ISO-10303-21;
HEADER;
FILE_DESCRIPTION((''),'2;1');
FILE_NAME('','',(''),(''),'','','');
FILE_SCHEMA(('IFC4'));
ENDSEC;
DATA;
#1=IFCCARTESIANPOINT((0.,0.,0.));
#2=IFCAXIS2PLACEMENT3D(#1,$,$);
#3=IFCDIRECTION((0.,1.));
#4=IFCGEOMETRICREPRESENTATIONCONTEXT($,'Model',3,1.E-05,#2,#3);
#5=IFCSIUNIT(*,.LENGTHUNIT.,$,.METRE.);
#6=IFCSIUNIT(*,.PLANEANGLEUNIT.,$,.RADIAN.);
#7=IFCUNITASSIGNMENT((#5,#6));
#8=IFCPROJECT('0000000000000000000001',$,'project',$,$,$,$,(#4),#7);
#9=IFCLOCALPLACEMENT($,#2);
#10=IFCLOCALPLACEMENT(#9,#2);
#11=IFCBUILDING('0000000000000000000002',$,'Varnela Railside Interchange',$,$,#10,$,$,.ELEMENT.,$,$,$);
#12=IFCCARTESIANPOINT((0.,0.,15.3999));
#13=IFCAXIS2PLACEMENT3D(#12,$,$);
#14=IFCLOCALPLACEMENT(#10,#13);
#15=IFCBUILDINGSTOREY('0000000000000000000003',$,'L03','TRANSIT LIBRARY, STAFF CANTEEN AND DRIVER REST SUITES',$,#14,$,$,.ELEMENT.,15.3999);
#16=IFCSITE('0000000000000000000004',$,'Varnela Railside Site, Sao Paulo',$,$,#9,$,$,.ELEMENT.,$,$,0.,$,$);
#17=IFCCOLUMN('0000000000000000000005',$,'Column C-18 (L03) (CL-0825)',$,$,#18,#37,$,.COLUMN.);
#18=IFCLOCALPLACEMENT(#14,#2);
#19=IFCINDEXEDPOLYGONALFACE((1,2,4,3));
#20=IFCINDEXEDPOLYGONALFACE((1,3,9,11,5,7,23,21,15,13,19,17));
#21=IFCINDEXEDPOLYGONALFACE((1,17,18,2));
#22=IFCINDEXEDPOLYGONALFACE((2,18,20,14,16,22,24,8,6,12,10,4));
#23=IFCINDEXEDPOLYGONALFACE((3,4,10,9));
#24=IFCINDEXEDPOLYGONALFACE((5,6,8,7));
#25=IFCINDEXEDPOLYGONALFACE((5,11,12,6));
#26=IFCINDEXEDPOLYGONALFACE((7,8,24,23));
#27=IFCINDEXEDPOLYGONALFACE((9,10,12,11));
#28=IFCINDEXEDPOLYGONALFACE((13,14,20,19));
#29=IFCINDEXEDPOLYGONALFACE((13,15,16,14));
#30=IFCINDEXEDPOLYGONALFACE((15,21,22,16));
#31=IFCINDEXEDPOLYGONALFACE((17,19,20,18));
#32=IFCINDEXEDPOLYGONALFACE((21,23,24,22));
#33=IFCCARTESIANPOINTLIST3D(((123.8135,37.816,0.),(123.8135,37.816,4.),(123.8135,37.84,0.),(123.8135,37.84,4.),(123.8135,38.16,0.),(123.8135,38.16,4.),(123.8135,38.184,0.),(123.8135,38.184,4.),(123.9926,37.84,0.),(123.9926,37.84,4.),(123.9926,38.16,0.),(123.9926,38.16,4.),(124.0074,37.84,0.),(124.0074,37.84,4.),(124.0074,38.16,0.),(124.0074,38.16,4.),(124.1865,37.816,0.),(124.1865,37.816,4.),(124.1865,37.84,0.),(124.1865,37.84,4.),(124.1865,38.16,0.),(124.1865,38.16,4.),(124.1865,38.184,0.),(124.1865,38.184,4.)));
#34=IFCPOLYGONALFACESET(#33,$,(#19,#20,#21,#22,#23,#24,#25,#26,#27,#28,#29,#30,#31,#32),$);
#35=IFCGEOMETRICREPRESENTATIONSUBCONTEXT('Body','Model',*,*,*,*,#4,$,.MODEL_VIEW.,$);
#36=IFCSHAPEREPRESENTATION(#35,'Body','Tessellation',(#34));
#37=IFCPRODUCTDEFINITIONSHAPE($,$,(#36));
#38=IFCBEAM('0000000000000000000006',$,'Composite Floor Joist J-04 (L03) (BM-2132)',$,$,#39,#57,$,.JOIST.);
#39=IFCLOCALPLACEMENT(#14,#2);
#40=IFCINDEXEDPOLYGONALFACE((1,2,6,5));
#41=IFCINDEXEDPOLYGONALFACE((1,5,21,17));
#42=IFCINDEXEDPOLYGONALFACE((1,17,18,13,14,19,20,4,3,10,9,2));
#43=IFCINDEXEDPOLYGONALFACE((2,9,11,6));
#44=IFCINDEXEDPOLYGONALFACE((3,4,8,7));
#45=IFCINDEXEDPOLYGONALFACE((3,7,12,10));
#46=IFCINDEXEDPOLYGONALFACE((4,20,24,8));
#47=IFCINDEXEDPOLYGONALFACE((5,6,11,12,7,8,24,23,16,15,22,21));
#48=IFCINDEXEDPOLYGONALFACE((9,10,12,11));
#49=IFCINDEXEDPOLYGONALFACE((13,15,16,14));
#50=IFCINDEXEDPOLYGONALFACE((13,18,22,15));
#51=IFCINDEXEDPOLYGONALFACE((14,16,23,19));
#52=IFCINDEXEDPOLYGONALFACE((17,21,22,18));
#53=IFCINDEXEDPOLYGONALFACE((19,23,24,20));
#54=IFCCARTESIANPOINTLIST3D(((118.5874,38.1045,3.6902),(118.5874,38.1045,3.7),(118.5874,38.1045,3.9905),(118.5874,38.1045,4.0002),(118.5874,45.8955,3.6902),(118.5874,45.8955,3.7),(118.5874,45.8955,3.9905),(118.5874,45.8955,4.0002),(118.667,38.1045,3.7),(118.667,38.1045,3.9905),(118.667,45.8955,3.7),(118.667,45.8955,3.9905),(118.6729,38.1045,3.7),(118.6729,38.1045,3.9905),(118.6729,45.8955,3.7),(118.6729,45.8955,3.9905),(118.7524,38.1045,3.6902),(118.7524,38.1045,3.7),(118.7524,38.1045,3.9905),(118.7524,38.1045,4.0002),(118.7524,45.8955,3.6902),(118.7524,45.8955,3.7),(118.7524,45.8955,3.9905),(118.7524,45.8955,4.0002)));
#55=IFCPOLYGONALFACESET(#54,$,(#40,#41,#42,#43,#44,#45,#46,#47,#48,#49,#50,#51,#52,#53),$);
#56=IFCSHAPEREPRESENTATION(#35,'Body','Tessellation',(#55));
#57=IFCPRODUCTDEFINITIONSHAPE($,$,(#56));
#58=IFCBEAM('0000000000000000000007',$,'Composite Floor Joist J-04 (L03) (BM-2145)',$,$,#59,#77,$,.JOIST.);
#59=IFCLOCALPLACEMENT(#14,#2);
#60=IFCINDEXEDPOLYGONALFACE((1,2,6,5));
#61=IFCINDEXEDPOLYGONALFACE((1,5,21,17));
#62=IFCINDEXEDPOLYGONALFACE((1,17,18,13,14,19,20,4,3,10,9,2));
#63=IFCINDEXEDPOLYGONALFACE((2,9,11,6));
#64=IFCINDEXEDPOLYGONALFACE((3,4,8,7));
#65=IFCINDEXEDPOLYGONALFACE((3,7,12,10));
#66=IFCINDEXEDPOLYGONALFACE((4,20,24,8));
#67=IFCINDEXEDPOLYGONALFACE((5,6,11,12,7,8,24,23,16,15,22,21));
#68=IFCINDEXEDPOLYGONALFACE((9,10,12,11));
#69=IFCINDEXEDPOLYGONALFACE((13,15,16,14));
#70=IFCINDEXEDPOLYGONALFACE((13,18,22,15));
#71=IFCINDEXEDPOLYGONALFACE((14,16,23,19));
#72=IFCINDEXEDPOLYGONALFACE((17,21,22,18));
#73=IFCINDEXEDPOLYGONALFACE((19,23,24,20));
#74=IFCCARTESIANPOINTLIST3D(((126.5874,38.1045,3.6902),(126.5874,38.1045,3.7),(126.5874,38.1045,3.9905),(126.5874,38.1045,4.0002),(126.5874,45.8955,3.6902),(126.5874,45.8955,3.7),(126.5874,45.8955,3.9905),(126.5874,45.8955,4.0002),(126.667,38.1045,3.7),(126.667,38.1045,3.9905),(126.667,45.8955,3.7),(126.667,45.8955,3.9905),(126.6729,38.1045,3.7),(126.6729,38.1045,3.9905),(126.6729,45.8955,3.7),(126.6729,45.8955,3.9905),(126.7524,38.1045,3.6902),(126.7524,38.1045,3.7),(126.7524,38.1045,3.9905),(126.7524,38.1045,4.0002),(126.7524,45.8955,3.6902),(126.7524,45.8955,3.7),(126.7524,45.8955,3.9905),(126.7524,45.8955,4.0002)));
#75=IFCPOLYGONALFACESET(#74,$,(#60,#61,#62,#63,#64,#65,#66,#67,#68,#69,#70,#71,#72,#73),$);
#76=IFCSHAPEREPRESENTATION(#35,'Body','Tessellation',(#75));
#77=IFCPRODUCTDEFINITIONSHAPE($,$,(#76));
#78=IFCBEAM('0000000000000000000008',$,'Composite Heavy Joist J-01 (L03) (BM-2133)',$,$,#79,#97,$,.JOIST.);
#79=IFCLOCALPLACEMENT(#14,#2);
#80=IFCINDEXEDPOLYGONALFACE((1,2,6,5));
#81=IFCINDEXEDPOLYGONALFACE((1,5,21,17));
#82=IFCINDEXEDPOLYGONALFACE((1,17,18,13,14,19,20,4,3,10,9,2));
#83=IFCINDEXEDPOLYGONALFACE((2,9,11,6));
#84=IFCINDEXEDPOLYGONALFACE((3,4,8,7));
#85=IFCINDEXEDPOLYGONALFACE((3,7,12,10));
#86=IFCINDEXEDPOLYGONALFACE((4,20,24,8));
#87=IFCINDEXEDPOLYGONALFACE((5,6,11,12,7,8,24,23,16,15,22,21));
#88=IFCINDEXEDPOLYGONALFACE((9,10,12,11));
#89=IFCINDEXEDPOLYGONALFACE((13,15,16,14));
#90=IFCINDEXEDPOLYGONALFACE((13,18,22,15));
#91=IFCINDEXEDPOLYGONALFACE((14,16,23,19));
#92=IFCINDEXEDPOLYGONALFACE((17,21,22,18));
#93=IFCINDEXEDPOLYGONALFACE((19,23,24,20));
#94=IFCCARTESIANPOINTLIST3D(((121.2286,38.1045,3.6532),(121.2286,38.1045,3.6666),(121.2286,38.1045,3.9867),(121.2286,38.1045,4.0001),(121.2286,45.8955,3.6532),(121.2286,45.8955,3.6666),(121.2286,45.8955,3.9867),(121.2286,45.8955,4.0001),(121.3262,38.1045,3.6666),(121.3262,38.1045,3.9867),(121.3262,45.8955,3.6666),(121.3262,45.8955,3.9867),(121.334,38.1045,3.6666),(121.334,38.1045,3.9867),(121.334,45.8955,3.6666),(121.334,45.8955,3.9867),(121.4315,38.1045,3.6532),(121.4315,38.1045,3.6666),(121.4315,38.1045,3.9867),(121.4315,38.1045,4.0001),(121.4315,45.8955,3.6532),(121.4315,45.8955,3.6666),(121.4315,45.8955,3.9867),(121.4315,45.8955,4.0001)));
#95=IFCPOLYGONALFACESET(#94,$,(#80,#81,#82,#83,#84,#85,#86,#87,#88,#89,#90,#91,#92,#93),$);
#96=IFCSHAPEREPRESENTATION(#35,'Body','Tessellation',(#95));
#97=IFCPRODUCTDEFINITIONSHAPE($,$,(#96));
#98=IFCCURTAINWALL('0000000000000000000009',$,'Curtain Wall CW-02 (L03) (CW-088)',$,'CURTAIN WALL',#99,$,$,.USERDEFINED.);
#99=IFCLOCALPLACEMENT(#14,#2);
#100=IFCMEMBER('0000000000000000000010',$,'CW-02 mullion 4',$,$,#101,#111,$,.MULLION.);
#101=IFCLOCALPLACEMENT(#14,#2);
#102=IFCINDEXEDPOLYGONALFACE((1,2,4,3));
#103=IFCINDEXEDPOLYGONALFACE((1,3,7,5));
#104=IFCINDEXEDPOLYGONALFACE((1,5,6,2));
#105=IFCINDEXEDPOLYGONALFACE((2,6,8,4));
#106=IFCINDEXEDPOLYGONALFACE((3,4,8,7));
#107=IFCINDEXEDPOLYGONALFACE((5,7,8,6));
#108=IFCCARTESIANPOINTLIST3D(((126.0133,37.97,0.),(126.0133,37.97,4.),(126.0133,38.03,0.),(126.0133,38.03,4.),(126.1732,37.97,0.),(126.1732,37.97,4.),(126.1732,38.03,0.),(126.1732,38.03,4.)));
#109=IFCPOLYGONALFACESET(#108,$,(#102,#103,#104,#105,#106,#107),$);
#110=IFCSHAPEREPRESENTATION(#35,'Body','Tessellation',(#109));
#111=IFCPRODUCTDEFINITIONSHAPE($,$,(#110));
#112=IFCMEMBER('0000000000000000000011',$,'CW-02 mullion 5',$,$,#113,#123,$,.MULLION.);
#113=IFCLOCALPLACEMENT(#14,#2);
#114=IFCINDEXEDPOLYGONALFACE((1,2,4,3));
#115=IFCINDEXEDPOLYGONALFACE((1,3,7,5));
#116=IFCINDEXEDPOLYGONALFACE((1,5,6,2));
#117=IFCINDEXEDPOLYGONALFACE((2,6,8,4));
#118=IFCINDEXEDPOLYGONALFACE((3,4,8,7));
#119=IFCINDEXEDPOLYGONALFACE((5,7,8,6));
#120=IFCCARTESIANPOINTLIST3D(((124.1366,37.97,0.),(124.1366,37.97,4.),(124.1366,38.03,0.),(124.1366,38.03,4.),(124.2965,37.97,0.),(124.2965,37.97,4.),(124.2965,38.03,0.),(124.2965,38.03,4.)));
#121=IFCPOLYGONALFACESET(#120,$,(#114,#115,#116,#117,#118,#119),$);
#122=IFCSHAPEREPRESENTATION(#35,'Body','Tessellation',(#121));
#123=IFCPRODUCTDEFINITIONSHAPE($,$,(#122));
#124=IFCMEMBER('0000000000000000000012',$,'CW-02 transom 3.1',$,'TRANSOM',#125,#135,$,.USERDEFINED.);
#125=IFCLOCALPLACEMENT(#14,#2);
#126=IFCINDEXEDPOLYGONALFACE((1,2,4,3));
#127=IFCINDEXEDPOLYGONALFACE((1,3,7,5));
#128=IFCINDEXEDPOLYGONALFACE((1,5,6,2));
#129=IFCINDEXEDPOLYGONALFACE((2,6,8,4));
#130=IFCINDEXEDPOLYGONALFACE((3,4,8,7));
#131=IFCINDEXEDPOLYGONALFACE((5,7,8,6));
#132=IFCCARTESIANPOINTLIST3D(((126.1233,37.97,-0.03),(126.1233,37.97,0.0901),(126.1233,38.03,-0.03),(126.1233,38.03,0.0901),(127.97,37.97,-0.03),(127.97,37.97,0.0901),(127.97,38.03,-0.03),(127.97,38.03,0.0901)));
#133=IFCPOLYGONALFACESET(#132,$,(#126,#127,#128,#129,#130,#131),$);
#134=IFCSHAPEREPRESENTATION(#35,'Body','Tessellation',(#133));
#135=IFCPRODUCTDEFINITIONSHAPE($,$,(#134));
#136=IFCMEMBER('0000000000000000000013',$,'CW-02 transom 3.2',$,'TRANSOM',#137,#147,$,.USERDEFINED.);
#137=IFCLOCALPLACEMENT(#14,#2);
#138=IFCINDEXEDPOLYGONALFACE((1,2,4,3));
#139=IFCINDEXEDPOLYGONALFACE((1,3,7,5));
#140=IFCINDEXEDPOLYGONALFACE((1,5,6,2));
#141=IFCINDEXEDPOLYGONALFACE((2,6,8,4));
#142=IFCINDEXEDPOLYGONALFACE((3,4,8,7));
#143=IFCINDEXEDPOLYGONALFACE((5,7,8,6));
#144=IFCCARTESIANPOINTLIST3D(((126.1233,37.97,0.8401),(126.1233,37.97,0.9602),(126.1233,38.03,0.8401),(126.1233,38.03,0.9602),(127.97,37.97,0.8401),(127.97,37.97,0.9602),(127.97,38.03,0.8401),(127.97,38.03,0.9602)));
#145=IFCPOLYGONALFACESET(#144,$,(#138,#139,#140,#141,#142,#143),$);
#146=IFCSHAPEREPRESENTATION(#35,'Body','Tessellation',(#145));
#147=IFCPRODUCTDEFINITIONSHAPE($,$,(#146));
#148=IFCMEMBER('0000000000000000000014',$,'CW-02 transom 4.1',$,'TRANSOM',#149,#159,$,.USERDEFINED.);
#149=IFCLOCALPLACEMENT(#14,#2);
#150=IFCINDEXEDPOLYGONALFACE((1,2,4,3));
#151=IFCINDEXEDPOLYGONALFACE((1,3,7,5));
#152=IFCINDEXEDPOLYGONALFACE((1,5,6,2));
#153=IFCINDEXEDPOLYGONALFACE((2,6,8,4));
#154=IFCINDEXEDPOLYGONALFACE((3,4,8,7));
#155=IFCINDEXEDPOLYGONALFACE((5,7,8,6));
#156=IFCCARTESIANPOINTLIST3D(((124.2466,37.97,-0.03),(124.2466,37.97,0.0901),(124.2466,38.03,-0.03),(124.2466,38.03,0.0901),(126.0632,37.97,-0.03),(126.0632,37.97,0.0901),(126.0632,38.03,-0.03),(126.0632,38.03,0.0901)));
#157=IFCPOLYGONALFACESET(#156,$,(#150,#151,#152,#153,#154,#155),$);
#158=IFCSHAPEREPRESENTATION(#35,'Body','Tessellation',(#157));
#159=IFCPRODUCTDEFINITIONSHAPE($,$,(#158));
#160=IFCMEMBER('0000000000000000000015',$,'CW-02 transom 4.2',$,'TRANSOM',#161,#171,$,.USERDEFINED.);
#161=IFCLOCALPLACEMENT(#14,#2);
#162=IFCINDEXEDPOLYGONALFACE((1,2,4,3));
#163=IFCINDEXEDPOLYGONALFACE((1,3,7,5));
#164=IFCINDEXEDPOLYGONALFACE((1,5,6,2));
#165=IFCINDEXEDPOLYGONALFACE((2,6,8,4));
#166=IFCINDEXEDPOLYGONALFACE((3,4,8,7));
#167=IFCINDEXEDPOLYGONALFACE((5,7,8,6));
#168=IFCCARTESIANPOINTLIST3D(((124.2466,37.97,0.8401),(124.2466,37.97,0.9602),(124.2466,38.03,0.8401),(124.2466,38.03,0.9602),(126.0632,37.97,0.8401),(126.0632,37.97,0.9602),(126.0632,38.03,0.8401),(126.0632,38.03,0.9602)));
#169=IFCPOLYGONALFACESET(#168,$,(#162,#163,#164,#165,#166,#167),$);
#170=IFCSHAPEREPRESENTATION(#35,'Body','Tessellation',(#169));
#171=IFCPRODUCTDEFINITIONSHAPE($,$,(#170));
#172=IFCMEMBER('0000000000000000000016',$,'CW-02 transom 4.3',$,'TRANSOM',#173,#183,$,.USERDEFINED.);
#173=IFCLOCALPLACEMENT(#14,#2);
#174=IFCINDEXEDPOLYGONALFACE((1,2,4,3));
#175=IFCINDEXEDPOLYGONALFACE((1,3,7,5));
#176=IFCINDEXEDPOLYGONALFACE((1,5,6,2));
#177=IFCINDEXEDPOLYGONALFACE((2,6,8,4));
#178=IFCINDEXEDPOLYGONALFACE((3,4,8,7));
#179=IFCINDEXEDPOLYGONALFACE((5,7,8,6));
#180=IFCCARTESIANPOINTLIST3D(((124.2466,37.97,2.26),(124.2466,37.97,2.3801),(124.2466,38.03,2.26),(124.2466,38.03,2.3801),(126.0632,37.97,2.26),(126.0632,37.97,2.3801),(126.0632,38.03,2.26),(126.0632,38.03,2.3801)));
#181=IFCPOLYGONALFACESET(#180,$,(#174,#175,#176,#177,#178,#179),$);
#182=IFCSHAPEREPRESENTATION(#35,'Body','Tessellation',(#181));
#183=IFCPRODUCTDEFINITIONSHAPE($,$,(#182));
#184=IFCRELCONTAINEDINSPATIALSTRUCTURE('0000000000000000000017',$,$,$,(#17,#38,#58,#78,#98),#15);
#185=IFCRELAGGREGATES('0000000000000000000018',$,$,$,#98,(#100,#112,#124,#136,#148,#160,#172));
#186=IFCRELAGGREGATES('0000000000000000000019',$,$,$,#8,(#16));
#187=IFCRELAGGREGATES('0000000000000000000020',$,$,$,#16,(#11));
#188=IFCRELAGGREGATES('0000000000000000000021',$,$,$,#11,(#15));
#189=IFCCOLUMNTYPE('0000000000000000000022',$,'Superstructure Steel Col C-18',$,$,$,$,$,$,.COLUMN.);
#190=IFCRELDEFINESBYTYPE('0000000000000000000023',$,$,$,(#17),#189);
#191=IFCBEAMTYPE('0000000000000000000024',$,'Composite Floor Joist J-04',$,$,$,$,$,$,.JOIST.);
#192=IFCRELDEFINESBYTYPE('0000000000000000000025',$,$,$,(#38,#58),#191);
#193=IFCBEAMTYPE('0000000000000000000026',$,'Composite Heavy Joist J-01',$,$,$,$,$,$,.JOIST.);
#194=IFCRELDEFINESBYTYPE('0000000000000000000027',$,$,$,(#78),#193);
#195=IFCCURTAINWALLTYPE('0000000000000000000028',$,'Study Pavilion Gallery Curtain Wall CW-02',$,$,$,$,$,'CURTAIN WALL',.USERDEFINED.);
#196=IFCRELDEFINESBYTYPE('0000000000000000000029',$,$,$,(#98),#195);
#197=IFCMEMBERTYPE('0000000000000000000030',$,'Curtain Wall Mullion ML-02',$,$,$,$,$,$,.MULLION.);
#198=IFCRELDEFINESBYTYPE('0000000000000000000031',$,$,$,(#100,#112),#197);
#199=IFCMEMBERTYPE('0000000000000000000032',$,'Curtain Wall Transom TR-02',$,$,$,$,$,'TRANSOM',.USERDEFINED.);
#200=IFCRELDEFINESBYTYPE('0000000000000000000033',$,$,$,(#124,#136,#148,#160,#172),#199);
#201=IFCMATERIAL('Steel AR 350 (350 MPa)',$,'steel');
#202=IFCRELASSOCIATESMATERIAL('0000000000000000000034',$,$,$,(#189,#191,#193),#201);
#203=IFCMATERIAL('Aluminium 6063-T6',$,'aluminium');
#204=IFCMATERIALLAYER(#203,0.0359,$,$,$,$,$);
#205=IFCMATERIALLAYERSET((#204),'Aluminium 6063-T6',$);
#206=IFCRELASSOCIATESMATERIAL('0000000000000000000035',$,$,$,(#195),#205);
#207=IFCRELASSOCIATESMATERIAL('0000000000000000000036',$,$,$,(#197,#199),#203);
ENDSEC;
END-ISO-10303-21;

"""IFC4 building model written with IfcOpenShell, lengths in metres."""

from ifc_helpers import new_model, si_unit, direction, frame, origin, origin_2d, place, context, subcontext, project, spatial, rectangle, i_section, extrude, material, layer, layer_set, material_profile, profile_set, type_object, element, aggregate, save


model = new_model("IFC4")

# Units and contexts
model_context = context("Model", 3, precision=1e-05, world=origin(), true_north=direction((0.0, 1.0)))
body_context = subcontext(model_context, "Body", "Model", "MODEL_VIEW")
ifc_project = project(units=[si_unit("LENGTHUNIT", "METRE"), si_unit("PLANEANGLEUNIT", "RADIAN")], contexts=[model_context])

# Site, building, storey
site_placement = place(None, origin())
site = spatial("IfcSite", under=ifc_project, at=site_placement, Name="Varnela Railside Site, Sao Paulo", CompositionType="ELEMENT", RefElevation=0.0)
building_placement = place(site_placement, origin())
building = spatial("IfcBuilding", under=site, at=building_placement, Name="Varnela Railside Interchange", CompositionType="ELEMENT")
storey_placement = place(building_placement, frame((0.0, 0.0, 15.3999)))
storey = spatial("IfcBuildingStorey", under=building, at=storey_placement, Name="L03", Description="TRANSIT LIBRARY, STAFF CANTEEN AND DRIVER REST SUITES", CompositionType="ELEMENT", Elevation=15.3999)

# Column
ifc_material_1 = material(Name="Steel AR 350 (350 MPa)", Category="steel")
ifc_material_profile_1 = material_profile(ifc_material_1, i_section(OverallWidth=0.373, OverallDepth=0.3679, WebThickness=0.0149, FlangeThickness=0.0239, at=origin_2d()), Name="W360x179")
ifc_profile_set_1 = profile_set([ifc_material_profile_1], Name="Steel AR 350 (350 MPa)")
column_type = type_object("IfcColumnType", Name="Superstructure Steel Col C-18", PredefinedType="COLUMN", material=ifc_profile_set_1)
column_placement = place(storey_placement, frame((124.0, 38.0, 0.0), z_axis=(0.0, 0.0, 1.0), x_axis=(1.0, 0.0, 0.0)))
element("IfcColumn", 1, at=column_placement, inside=storey, type_object=column_type, Name="Column C-18 (L03) (CL-0825)", PredefinedType="COLUMN", context=body_context, shape_type="SweptSolid", body=[
    extrude(i_section(OverallWidth=0.373, OverallDepth=0.3679, WebThickness=0.0149, FlangeThickness=0.0239, at=origin_2d()), origin(), (0.0, 0.0, 1.0), 4.0),
])

# Beams
ifc_material_profile_2 = material_profile(ifc_material_1, i_section(OverallWidth=0.165, OverallDepth=0.3101, WebThickness=0.0059, FlangeThickness=0.0098, at=origin_2d()), Name="W310x38.7")
ifc_profile_set_2 = profile_set([ifc_material_profile_2], Name="Steel AR 350 (350 MPa)")
beam_type_1 = type_object("IfcBeamType", Name="Composite Floor Joist J-04", PredefinedType="JOIST", material=ifc_profile_set_2)
for number, where, z_axis, x_axis, name in (
    (2, (118.6699, 38.1045, 3.8452), (0.0, 1.0, 0.0), (-1.0, 0.0, 0.0), "Composite Floor Joist J-04 (L03) (BM-2132)"),
    (3, (126.6699, 38.1045, 3.8452), (0.0, 1.0, 0.0), (-1.0, 0.0, 0.0), "Composite Floor Joist J-04 (L03) (BM-2145)"),
):
    element("IfcBeam", number, at=place(storey_placement, frame(where, z_axis=z_axis, x_axis=x_axis)), inside=storey, type_object=beam_type_1, Name=name, PredefinedType="JOIST", context=body_context, shape_type="SweptSolid", body=[
        extrude(i_section(OverallWidth=0.165, OverallDepth=0.3101, WebThickness=0.0059, FlangeThickness=0.0098, at=origin_2d()), origin(), (0.0, 0.0, 1.0), 7.791),
    ])
ifc_material_profile_3 = material_profile(ifc_material_1, i_section(OverallWidth=0.2029, OverallDepth=0.3469, WebThickness=0.0078, FlangeThickness=0.0134, at=origin_2d()), Name="W360x64")
ifc_profile_set_3 = profile_set([ifc_material_profile_3], Name="Steel AR 350 (350 MPa)")
beam_type_2 = type_object("IfcBeamType", Name="Composite Heavy Joist J-01", PredefinedType="JOIST", material=ifc_profile_set_3)
beam_1_placement = place(storey_placement, frame((121.3301, 38.1045, 3.8267), z_axis=(0.0, 1.0, 0.0), x_axis=(-1.0, 0.0, 0.0)))
element("IfcBeam", 4, at=beam_1_placement, inside=storey, type_object=beam_type_2, Name="Composite Heavy Joist J-01 (L03) (BM-2133)", PredefinedType="JOIST", context=body_context, shape_type="SweptSolid", body=[
    extrude(i_section(OverallWidth=0.2029, OverallDepth=0.3469, WebThickness=0.0078, FlangeThickness=0.0134, at=origin_2d()), origin(), (0.0, 0.0, 1.0), 7.791),
])

# Curtain wall, members
ifc_material_2 = material(Name="Aluminium 6063-T6", Category="aluminium")
ifc_layer_1 = layer(ifc_material_2, 0.0359)
ifc_layer_set_1 = layer_set([ifc_layer_1], Name="Aluminium 6063-T6")
curtain_wall_type = type_object("IfcCurtainWallType", Name="Study Pavilion Gallery Curtain Wall CW-02", ElementType="CURTAIN WALL", PredefinedType="USERDEFINED", material=ifc_layer_set_1)
curtain_wall_placement = place(storey_placement, origin())
curtain_wall = element("IfcCurtainWall", 5, at=curtain_wall_placement, inside=storey, type_object=curtain_wall_type, Name="Curtain Wall CW-02 (L03) (CW-088)", ObjectType="CURTAIN WALL", PredefinedType="USERDEFINED")
ifc_material_profile_4 = material_profile(ifc_material_2, rectangle(XDim=0.0601, YDim=0.1599, at=origin_2d()), Name="ALU 60x160")
ifc_profile_set_4 = profile_set([ifc_material_profile_4], Name="Aluminium 6063-T6")
member_type_1 = type_object("IfcMemberType", Name="Curtain Wall Mullion ML-02", PredefinedType="MULLION", material=ifc_profile_set_4)
member_1_placement = place(storey_placement, frame((126.0933, 38.0, 0.0), z_axis=(0.0, 0.0, 1.0), x_axis=(0.0, -1.0, 0.0)))
member_1 = element("IfcMember", 6, at=member_1_placement, type_object=member_type_1, Name="CW-02 mullion 4", PredefinedType="MULLION", context=body_context, shape_type="SweptSolid", body=[
    extrude(rectangle(XDim=0.0601, YDim=0.1599, at=origin_2d()), origin(), (0.0, 0.0, 1.0), 4.0),
])
member_2_placement = place(storey_placement, frame((124.2166, 38.0, 0.0), z_axis=(0.0, 0.0, 1.0), x_axis=(0.0, -1.0, 0.0)))
member_2 = element("IfcMember", 7, at=member_2_placement, type_object=member_type_1, Name="CW-02 mullion 5", PredefinedType="MULLION", context=body_context, shape_type="SweptSolid", body=[
    extrude(rectangle(XDim=0.0601, YDim=0.1599, at=origin_2d()), origin(), (0.0, 0.0, 1.0), 4.0),
])
ifc_material_profile_5 = material_profile(ifc_material_2, rectangle(XDim=0.0601, YDim=0.1201, at=origin_2d()), Name="ALU 60x120")
ifc_profile_set_5 = profile_set([ifc_material_profile_5], Name="Aluminium 6063-T6")
member_type_2 = type_object("IfcMemberType", Name="Curtain Wall Transom TR-02", ElementType="TRANSOM", PredefinedType="USERDEFINED", material=ifc_profile_set_5)
member_3_placement = place(storey_placement, frame((127.97, 38.0, 0.03), z_axis=(-1.0, 0.0, 0.0), x_axis=(0.0, -1.0, 0.0)))
member_3 = element("IfcMember", 8, at=member_3_placement, type_object=member_type_2, Name="CW-02 transom 3.1", ObjectType="TRANSOM", PredefinedType="USERDEFINED", context=body_context, shape_type="SweptSolid", body=[
    extrude(rectangle(XDim=0.0601, YDim=0.1201, at=origin_2d()), origin(), (0.0, 0.0, 1.0), 1.8467),
])
member_4_placement = place(storey_placement, frame((127.97, 38.0, 0.9001), z_axis=(-1.0, 0.0, 0.0), x_axis=(0.0, -1.0, 0.0)))
member_4 = element("IfcMember", 9, at=member_4_placement, type_object=member_type_2, Name="CW-02 transom 3.2", ObjectType="TRANSOM", PredefinedType="USERDEFINED", context=body_context, shape_type="SweptSolid", body=[
    extrude(rectangle(XDim=0.0601, YDim=0.1201, at=origin_2d()), origin(), (0.0, 0.0, 1.0), 1.8467),
])
member_5_placement = place(storey_placement, frame((126.0632, 38.0, 0.03), z_axis=(-1.0, 0.0, 0.0), x_axis=(0.0, -1.0, 0.0)))
member_5 = element("IfcMember", 10, at=member_5_placement, type_object=member_type_2, Name="CW-02 transom 4.1", ObjectType="TRANSOM", PredefinedType="USERDEFINED", context=body_context, shape_type="SweptSolid", body=[
    extrude(rectangle(XDim=0.0601, YDim=0.1201, at=origin_2d()), origin(), (0.0, 0.0, 1.0), 1.8167),
])
member_6_placement = place(storey_placement, frame((126.0632, 38.0, 0.9001), z_axis=(-1.0, 0.0, 0.0), x_axis=(0.0, -1.0, 0.0)))
member_6 = element("IfcMember", 11, at=member_6_placement, type_object=member_type_2, Name="CW-02 transom 4.2", ObjectType="TRANSOM", PredefinedType="USERDEFINED", context=body_context, shape_type="SweptSolid", body=[
    extrude(rectangle(XDim=0.0601, YDim=0.1201, at=origin_2d()), origin(), (0.0, 0.0, 1.0), 1.8167),
])
member_7_placement = place(storey_placement, frame((126.0632, 38.0, 2.3201), z_axis=(-1.0, 0.0, 0.0), x_axis=(0.0, -1.0, 0.0)))
member_7 = element("IfcMember", 12, at=member_7_placement, type_object=member_type_2, Name="CW-02 transom 4.3", ObjectType="TRANSOM", PredefinedType="USERDEFINED", context=body_context, shape_type="SweptSolid", body=[
    extrude(rectangle(XDim=0.0601, YDim=0.1201, at=origin_2d()), origin(), (0.0, 0.0, 1.0), 1.8167),
])

aggregate(curtain_wall, [member_1, member_2, member_3, member_4, member_5, member_6, member_7])

save(model, "model.ifc")
